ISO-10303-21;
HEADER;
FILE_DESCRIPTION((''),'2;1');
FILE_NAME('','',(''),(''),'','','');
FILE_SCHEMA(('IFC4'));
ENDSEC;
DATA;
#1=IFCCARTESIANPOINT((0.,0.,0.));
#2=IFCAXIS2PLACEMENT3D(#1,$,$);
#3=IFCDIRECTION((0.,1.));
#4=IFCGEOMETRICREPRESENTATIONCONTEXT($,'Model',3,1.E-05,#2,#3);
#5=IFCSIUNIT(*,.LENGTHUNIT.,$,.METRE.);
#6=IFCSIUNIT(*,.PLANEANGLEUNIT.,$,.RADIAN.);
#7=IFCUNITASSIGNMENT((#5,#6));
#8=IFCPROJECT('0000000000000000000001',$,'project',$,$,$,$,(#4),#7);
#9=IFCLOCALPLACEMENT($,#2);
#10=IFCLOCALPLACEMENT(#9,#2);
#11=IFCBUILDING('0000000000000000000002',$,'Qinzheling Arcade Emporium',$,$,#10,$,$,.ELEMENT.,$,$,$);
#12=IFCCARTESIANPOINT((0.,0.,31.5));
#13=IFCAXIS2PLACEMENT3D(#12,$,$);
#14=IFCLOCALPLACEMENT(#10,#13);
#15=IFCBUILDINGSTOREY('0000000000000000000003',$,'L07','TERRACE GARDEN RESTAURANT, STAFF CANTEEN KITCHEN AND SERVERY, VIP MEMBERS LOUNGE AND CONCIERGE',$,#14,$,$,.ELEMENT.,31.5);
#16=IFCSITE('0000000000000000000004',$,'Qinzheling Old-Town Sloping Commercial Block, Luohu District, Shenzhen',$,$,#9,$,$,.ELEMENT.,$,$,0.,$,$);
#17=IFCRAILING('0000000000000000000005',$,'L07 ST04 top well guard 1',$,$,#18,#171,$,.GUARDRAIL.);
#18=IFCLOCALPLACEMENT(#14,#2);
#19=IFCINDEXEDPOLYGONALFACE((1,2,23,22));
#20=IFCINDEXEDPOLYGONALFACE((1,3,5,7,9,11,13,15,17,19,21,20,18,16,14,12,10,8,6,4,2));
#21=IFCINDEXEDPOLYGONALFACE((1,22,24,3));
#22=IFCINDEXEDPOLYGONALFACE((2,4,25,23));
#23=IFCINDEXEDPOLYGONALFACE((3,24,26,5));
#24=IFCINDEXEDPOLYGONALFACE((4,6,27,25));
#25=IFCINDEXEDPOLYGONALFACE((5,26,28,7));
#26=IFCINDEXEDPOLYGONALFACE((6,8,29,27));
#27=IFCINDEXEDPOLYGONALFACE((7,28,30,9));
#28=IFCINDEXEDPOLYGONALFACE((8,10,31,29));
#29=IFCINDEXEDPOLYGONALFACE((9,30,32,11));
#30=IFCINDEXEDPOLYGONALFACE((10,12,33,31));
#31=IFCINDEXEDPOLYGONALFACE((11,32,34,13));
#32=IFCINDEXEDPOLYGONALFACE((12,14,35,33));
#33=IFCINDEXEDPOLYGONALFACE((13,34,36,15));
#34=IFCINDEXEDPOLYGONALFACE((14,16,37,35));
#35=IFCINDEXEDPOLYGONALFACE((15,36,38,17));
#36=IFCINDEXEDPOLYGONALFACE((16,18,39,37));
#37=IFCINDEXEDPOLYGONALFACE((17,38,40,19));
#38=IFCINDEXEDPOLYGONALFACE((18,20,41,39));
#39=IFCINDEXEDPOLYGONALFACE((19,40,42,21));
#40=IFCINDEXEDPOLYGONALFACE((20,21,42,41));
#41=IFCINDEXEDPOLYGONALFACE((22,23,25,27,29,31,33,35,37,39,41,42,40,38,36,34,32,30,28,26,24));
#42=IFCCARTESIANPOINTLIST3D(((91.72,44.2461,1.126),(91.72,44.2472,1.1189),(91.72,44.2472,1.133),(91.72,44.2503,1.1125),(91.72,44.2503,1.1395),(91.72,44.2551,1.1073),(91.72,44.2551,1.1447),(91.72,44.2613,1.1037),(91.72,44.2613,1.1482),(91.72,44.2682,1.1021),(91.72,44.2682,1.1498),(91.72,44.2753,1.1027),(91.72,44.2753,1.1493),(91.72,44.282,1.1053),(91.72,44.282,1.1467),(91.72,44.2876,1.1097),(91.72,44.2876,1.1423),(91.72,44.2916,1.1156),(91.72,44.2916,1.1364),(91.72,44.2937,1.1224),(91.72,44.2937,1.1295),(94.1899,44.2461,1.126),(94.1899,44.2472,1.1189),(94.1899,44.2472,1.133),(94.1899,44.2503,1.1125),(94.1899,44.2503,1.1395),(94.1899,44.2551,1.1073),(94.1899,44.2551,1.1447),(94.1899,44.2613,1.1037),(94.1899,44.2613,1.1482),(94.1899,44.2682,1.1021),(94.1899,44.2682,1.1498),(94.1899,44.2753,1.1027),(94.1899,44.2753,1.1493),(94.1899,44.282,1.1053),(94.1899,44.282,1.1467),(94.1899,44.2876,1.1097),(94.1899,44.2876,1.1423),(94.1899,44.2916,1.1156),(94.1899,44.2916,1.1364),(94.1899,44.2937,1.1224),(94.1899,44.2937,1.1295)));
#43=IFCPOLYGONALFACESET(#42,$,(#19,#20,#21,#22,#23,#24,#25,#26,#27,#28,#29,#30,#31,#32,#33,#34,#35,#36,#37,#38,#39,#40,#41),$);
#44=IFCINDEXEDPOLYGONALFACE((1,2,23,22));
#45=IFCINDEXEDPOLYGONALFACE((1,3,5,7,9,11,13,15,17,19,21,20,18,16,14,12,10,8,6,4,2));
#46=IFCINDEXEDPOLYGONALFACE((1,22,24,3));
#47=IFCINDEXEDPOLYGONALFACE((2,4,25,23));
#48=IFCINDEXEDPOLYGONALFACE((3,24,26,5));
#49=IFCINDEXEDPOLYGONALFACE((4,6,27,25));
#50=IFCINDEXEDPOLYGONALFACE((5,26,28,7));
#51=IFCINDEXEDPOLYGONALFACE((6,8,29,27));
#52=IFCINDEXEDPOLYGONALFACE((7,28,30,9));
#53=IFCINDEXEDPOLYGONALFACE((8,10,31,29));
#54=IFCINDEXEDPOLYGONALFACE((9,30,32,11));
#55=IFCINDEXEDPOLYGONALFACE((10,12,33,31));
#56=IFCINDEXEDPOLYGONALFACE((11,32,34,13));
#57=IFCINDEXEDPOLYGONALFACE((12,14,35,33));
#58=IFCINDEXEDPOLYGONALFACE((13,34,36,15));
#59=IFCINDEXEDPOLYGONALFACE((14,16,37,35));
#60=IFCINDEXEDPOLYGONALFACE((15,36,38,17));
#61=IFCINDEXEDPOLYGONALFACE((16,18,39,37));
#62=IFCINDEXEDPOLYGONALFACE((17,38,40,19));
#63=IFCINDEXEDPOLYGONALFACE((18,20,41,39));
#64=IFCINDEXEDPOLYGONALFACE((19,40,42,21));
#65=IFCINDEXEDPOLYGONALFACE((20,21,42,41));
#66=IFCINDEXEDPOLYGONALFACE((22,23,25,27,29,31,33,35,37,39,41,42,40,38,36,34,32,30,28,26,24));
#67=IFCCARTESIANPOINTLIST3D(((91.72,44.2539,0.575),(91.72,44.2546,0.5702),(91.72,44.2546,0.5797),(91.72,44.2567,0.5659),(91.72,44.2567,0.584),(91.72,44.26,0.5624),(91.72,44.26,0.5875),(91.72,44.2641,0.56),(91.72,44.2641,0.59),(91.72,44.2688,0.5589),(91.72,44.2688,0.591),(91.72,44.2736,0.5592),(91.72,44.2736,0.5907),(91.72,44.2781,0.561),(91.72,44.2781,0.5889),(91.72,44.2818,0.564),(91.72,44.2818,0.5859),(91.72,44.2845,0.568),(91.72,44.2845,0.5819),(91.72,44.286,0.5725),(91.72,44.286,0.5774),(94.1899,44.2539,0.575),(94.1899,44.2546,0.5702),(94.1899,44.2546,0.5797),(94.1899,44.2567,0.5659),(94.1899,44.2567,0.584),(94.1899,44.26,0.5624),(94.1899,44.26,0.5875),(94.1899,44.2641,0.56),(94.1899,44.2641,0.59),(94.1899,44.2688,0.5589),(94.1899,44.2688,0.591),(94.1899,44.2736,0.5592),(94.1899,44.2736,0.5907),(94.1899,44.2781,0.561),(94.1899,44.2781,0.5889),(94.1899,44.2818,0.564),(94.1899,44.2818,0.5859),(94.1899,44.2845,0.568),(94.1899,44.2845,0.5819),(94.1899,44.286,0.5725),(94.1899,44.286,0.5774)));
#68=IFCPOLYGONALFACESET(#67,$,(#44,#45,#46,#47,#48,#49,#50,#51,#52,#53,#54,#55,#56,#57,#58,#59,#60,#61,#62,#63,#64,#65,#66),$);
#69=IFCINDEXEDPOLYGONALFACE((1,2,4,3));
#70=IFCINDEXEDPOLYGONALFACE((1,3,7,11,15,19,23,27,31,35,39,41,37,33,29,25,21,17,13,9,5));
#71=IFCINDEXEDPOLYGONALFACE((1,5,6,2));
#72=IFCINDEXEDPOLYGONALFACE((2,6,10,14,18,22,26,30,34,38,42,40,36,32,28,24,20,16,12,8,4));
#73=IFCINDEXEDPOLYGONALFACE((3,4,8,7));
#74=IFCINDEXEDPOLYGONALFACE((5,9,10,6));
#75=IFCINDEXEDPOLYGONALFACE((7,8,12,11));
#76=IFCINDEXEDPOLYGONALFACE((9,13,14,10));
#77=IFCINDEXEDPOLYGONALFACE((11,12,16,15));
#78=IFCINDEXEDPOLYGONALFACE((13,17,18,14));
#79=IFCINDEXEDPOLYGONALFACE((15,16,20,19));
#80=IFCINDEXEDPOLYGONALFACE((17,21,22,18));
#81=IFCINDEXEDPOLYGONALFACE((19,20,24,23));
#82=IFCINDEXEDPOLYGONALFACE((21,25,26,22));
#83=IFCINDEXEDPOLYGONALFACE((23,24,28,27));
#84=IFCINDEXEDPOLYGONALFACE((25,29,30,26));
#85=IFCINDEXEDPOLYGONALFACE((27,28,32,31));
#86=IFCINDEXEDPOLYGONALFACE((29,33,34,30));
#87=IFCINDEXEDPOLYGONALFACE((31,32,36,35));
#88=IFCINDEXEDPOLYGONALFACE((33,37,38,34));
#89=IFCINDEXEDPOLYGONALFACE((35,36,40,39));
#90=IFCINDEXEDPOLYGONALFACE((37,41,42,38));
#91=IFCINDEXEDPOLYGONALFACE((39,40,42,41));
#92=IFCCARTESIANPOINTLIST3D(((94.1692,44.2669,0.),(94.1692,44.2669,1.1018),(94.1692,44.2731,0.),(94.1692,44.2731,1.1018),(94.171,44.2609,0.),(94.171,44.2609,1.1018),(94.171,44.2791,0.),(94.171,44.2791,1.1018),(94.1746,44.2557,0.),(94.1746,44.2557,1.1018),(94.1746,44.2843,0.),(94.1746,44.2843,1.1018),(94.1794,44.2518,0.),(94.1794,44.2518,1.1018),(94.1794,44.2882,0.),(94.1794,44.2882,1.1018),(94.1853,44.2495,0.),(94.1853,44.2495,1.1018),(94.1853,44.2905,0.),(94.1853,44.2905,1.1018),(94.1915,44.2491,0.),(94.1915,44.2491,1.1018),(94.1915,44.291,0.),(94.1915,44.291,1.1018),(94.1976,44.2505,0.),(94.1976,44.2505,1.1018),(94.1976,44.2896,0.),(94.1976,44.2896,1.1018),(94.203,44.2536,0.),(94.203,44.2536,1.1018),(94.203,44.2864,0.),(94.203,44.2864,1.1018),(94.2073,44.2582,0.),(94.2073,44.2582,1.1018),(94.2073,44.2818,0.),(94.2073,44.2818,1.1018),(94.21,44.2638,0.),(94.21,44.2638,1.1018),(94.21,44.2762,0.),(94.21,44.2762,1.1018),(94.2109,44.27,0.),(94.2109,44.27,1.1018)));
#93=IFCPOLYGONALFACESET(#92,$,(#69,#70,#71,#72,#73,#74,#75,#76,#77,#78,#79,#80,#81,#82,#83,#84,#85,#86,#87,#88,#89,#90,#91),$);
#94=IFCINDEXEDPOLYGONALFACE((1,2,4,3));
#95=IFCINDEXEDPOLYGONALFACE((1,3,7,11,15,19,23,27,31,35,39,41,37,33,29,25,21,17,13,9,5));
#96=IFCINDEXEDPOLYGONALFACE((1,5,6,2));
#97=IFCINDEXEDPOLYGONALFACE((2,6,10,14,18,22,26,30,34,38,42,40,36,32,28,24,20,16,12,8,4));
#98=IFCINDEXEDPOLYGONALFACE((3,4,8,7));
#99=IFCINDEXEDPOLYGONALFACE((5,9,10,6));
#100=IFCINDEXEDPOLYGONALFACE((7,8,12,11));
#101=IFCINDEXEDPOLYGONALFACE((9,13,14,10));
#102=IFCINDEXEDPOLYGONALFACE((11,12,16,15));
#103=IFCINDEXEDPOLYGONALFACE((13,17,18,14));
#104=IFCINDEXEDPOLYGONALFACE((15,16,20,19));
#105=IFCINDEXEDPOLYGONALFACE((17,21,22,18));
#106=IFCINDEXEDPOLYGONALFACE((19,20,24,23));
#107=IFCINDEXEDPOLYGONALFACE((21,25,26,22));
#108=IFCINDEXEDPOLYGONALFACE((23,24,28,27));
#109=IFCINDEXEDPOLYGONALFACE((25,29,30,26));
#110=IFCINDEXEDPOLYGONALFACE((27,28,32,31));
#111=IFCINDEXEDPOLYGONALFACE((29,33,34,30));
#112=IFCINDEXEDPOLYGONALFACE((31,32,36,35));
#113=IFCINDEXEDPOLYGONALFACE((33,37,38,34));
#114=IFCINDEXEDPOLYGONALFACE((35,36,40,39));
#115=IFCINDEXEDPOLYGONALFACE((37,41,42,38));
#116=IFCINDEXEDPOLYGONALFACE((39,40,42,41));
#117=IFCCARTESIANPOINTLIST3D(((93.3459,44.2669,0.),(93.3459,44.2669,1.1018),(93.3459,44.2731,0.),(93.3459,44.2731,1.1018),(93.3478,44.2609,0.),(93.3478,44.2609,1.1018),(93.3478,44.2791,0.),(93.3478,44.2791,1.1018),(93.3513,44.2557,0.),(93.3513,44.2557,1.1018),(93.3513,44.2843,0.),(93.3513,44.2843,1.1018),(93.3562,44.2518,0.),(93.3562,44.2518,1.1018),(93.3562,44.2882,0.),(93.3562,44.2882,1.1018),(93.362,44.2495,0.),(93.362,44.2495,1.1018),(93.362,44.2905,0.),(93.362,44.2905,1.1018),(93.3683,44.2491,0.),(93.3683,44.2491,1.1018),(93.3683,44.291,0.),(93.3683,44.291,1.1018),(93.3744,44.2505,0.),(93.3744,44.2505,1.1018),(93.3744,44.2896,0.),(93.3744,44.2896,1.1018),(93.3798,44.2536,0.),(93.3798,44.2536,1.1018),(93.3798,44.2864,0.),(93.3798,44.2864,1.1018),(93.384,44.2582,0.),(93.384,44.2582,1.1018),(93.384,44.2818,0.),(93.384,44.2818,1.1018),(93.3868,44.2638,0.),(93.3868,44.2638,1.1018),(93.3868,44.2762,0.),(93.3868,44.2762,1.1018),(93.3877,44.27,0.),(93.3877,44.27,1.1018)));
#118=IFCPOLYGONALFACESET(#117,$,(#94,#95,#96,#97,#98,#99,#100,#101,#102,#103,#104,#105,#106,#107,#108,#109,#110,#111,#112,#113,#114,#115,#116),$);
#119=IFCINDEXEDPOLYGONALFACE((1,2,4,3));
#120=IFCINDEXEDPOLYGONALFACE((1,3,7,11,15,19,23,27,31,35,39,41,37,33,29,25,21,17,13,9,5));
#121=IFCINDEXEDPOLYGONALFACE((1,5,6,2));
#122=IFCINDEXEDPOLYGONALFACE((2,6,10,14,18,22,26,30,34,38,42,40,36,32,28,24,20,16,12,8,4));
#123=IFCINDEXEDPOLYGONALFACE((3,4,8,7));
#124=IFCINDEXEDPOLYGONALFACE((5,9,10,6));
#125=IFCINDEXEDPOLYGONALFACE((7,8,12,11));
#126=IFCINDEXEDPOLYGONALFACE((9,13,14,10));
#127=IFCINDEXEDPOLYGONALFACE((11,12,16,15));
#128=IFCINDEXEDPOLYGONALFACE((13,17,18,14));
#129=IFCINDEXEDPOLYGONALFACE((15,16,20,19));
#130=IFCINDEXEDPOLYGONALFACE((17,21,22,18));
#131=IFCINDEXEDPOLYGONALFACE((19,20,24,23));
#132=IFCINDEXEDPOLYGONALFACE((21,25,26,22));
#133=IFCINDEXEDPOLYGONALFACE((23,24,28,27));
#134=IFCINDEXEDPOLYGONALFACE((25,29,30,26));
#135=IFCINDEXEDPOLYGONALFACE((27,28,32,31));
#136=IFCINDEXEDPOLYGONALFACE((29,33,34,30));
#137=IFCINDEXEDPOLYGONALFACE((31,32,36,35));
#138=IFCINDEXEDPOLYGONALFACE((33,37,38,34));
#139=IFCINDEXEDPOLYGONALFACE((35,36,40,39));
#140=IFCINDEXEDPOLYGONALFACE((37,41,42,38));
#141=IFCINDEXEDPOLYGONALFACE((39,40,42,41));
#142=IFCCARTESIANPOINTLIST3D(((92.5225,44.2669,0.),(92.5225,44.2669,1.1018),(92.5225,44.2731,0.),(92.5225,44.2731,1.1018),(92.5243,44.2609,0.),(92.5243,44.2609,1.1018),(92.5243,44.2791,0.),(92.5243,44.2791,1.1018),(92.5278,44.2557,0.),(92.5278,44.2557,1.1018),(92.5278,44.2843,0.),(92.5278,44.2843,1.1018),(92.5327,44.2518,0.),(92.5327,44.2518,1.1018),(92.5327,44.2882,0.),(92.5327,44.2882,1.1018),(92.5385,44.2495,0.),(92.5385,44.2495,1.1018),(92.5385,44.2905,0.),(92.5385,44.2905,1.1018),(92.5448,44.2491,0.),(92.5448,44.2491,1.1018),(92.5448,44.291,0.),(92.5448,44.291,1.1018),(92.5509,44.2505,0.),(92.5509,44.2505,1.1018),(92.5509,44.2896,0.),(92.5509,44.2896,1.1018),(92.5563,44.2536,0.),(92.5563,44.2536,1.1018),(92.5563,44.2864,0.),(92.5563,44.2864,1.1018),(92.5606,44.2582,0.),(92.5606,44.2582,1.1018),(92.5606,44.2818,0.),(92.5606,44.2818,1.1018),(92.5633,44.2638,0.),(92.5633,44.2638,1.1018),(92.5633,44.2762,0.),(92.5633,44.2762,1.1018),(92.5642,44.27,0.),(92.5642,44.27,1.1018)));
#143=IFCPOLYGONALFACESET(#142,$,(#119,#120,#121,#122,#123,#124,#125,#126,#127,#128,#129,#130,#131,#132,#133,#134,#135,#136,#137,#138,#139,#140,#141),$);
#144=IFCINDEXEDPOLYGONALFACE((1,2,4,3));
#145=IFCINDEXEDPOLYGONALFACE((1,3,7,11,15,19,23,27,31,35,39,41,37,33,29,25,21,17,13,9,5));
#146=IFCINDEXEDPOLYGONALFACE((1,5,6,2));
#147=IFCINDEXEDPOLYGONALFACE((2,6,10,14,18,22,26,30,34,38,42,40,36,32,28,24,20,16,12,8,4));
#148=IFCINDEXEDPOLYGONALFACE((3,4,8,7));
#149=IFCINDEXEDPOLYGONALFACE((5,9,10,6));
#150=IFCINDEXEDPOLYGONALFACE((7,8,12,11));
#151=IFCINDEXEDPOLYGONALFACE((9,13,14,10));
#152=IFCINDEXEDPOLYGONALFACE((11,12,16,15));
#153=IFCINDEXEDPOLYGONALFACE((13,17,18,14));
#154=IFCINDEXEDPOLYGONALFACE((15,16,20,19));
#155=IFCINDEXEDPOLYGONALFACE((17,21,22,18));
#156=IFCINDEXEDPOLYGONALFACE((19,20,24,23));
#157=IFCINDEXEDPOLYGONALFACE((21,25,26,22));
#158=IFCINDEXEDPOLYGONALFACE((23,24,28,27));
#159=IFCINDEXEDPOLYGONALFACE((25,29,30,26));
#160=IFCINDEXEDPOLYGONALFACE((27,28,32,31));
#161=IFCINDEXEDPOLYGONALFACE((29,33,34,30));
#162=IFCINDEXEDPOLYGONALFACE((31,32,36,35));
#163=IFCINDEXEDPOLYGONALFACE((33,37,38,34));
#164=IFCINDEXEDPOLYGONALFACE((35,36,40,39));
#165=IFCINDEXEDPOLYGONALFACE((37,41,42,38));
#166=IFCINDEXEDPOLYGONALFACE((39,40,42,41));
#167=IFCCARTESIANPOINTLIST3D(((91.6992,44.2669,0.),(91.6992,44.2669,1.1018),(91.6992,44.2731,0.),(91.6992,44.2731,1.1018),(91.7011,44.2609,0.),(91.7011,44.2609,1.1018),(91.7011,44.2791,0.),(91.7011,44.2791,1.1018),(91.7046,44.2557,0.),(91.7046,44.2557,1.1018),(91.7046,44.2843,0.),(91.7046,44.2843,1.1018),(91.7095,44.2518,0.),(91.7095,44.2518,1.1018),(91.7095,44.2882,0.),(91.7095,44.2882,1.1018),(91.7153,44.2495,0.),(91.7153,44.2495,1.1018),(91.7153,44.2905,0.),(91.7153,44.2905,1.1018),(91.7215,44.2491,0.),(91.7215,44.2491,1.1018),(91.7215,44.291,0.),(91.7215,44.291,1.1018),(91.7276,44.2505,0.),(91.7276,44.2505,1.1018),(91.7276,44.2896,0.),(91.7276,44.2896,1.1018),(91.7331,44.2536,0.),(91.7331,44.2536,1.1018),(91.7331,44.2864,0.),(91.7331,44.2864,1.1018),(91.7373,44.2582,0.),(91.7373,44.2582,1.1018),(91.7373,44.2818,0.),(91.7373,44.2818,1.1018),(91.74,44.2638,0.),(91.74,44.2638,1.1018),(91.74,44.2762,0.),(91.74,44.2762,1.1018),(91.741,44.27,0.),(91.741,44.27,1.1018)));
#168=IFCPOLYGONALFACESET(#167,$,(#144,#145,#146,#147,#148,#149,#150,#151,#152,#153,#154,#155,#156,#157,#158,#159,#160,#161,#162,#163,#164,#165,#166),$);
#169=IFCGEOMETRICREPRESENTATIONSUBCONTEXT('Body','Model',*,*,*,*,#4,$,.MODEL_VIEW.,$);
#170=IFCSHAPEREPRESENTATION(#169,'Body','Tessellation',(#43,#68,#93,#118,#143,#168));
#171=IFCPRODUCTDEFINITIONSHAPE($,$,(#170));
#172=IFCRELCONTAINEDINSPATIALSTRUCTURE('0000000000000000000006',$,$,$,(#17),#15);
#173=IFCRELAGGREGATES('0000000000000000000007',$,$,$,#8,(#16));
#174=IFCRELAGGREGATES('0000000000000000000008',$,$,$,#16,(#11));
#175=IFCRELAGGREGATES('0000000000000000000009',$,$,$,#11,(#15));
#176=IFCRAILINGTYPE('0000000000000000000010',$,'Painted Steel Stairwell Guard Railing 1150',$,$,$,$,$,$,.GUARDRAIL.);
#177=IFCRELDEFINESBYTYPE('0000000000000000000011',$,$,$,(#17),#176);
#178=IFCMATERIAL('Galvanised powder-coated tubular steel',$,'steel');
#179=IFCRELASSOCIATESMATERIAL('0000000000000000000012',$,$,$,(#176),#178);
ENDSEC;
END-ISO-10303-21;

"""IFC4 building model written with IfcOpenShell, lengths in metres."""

from ifc_helpers import new_model, si_unit, direction, frame, origin, origin_2d, place, context, subcontext, project, spatial, circle, extrude, material, type_object, element, save


model = new_model("IFC4")

# Units and contexts
model_context = context("Model", 3, precision=1e-05, world=origin(), true_north=direction((0.0, 1.0)))
body_context = subcontext(model_context, "Body", "Model", "MODEL_VIEW")
ifc_project = project(units=[si_unit("LENGTHUNIT", "METRE"), si_unit("PLANEANGLEUNIT", "RADIAN")], contexts=[model_context])

# Site, building, storey
site_placement = place(None, origin())
site = spatial("IfcSite", under=ifc_project, at=site_placement, Name="Qinzheling Old-Town Sloping Commercial Block, Luohu District, Shenzhen", CompositionType="ELEMENT", RefElevation=0.0)
building_placement = place(site_placement, origin())
building = spatial("IfcBuilding", under=site, at=building_placement, Name="Qinzheling Arcade Emporium", CompositionType="ELEMENT")
storey_placement = place(building_placement, frame((0.0, 0.0, 31.5)))
storey = spatial("IfcBuildingStorey", under=building, at=storey_placement, Name="L07", Description="TERRACE GARDEN RESTAURANT, STAFF CANTEEN KITCHEN AND SERVERY, VIP MEMBERS LOUNGE AND CONCIERGE", CompositionType="ELEMENT", Elevation=31.5)

# Railing
ifc_material_1 = material(Name="Galvanised powder-coated tubular steel", Category="steel")
railing_type = type_object("IfcRailingType", Name="Painted Steel Stairwell Guard Railing 1150", PredefinedType="GUARDRAIL", material=ifc_material_1)
railing_1_placement = place(storey_placement, frame((94.1899, 44.27, 0.0)))
element("IfcRailing", 1, at=railing_1_placement, inside=storey, type_object=railing_type, Name="L07 ST04 top well guard 1", PredefinedType="GUARDRAIL", context=body_context, shape_type="SweptSolid", body=[
    extrude(circle(Radius=0.0239, at=origin_2d()), frame((0.0, 0.0, 1.126), z_axis=(-1.0, 0.0, 0.0), x_axis=(0.0, -1.0, 0.0)), (0.0, 0.0, 1.0), 2.47),
    extrude(circle(Radius=0.0161, at=origin_2d()), frame((0.0, 0.0, 0.575), z_axis=(-1.0, 0.0, 0.0), x_axis=(0.0, -1.0, 0.0)), (0.0, 0.0, 1.0), 2.47),
    extrude(circle(Radius=0.021, at=origin_2d()), origin(), (0.0, 0.0, 1.0), 1.1018),
    extrude(circle(Radius=0.021, at=origin_2d()), frame((-0.8232, 0.0, 0.0)), (0.0, 0.0, 1.0), 1.1018),
    extrude(circle(Radius=0.021, at=origin_2d()), frame((-1.6467, 0.0, 0.0)), (0.0, 0.0, 1.0), 1.1018),
    extrude(circle(Radius=0.021, at=origin_2d()), frame((-2.47, 0.0, 0.0)), (0.0, 0.0, 1.0), 1.1018),
])

save(model, "model.ifc")
